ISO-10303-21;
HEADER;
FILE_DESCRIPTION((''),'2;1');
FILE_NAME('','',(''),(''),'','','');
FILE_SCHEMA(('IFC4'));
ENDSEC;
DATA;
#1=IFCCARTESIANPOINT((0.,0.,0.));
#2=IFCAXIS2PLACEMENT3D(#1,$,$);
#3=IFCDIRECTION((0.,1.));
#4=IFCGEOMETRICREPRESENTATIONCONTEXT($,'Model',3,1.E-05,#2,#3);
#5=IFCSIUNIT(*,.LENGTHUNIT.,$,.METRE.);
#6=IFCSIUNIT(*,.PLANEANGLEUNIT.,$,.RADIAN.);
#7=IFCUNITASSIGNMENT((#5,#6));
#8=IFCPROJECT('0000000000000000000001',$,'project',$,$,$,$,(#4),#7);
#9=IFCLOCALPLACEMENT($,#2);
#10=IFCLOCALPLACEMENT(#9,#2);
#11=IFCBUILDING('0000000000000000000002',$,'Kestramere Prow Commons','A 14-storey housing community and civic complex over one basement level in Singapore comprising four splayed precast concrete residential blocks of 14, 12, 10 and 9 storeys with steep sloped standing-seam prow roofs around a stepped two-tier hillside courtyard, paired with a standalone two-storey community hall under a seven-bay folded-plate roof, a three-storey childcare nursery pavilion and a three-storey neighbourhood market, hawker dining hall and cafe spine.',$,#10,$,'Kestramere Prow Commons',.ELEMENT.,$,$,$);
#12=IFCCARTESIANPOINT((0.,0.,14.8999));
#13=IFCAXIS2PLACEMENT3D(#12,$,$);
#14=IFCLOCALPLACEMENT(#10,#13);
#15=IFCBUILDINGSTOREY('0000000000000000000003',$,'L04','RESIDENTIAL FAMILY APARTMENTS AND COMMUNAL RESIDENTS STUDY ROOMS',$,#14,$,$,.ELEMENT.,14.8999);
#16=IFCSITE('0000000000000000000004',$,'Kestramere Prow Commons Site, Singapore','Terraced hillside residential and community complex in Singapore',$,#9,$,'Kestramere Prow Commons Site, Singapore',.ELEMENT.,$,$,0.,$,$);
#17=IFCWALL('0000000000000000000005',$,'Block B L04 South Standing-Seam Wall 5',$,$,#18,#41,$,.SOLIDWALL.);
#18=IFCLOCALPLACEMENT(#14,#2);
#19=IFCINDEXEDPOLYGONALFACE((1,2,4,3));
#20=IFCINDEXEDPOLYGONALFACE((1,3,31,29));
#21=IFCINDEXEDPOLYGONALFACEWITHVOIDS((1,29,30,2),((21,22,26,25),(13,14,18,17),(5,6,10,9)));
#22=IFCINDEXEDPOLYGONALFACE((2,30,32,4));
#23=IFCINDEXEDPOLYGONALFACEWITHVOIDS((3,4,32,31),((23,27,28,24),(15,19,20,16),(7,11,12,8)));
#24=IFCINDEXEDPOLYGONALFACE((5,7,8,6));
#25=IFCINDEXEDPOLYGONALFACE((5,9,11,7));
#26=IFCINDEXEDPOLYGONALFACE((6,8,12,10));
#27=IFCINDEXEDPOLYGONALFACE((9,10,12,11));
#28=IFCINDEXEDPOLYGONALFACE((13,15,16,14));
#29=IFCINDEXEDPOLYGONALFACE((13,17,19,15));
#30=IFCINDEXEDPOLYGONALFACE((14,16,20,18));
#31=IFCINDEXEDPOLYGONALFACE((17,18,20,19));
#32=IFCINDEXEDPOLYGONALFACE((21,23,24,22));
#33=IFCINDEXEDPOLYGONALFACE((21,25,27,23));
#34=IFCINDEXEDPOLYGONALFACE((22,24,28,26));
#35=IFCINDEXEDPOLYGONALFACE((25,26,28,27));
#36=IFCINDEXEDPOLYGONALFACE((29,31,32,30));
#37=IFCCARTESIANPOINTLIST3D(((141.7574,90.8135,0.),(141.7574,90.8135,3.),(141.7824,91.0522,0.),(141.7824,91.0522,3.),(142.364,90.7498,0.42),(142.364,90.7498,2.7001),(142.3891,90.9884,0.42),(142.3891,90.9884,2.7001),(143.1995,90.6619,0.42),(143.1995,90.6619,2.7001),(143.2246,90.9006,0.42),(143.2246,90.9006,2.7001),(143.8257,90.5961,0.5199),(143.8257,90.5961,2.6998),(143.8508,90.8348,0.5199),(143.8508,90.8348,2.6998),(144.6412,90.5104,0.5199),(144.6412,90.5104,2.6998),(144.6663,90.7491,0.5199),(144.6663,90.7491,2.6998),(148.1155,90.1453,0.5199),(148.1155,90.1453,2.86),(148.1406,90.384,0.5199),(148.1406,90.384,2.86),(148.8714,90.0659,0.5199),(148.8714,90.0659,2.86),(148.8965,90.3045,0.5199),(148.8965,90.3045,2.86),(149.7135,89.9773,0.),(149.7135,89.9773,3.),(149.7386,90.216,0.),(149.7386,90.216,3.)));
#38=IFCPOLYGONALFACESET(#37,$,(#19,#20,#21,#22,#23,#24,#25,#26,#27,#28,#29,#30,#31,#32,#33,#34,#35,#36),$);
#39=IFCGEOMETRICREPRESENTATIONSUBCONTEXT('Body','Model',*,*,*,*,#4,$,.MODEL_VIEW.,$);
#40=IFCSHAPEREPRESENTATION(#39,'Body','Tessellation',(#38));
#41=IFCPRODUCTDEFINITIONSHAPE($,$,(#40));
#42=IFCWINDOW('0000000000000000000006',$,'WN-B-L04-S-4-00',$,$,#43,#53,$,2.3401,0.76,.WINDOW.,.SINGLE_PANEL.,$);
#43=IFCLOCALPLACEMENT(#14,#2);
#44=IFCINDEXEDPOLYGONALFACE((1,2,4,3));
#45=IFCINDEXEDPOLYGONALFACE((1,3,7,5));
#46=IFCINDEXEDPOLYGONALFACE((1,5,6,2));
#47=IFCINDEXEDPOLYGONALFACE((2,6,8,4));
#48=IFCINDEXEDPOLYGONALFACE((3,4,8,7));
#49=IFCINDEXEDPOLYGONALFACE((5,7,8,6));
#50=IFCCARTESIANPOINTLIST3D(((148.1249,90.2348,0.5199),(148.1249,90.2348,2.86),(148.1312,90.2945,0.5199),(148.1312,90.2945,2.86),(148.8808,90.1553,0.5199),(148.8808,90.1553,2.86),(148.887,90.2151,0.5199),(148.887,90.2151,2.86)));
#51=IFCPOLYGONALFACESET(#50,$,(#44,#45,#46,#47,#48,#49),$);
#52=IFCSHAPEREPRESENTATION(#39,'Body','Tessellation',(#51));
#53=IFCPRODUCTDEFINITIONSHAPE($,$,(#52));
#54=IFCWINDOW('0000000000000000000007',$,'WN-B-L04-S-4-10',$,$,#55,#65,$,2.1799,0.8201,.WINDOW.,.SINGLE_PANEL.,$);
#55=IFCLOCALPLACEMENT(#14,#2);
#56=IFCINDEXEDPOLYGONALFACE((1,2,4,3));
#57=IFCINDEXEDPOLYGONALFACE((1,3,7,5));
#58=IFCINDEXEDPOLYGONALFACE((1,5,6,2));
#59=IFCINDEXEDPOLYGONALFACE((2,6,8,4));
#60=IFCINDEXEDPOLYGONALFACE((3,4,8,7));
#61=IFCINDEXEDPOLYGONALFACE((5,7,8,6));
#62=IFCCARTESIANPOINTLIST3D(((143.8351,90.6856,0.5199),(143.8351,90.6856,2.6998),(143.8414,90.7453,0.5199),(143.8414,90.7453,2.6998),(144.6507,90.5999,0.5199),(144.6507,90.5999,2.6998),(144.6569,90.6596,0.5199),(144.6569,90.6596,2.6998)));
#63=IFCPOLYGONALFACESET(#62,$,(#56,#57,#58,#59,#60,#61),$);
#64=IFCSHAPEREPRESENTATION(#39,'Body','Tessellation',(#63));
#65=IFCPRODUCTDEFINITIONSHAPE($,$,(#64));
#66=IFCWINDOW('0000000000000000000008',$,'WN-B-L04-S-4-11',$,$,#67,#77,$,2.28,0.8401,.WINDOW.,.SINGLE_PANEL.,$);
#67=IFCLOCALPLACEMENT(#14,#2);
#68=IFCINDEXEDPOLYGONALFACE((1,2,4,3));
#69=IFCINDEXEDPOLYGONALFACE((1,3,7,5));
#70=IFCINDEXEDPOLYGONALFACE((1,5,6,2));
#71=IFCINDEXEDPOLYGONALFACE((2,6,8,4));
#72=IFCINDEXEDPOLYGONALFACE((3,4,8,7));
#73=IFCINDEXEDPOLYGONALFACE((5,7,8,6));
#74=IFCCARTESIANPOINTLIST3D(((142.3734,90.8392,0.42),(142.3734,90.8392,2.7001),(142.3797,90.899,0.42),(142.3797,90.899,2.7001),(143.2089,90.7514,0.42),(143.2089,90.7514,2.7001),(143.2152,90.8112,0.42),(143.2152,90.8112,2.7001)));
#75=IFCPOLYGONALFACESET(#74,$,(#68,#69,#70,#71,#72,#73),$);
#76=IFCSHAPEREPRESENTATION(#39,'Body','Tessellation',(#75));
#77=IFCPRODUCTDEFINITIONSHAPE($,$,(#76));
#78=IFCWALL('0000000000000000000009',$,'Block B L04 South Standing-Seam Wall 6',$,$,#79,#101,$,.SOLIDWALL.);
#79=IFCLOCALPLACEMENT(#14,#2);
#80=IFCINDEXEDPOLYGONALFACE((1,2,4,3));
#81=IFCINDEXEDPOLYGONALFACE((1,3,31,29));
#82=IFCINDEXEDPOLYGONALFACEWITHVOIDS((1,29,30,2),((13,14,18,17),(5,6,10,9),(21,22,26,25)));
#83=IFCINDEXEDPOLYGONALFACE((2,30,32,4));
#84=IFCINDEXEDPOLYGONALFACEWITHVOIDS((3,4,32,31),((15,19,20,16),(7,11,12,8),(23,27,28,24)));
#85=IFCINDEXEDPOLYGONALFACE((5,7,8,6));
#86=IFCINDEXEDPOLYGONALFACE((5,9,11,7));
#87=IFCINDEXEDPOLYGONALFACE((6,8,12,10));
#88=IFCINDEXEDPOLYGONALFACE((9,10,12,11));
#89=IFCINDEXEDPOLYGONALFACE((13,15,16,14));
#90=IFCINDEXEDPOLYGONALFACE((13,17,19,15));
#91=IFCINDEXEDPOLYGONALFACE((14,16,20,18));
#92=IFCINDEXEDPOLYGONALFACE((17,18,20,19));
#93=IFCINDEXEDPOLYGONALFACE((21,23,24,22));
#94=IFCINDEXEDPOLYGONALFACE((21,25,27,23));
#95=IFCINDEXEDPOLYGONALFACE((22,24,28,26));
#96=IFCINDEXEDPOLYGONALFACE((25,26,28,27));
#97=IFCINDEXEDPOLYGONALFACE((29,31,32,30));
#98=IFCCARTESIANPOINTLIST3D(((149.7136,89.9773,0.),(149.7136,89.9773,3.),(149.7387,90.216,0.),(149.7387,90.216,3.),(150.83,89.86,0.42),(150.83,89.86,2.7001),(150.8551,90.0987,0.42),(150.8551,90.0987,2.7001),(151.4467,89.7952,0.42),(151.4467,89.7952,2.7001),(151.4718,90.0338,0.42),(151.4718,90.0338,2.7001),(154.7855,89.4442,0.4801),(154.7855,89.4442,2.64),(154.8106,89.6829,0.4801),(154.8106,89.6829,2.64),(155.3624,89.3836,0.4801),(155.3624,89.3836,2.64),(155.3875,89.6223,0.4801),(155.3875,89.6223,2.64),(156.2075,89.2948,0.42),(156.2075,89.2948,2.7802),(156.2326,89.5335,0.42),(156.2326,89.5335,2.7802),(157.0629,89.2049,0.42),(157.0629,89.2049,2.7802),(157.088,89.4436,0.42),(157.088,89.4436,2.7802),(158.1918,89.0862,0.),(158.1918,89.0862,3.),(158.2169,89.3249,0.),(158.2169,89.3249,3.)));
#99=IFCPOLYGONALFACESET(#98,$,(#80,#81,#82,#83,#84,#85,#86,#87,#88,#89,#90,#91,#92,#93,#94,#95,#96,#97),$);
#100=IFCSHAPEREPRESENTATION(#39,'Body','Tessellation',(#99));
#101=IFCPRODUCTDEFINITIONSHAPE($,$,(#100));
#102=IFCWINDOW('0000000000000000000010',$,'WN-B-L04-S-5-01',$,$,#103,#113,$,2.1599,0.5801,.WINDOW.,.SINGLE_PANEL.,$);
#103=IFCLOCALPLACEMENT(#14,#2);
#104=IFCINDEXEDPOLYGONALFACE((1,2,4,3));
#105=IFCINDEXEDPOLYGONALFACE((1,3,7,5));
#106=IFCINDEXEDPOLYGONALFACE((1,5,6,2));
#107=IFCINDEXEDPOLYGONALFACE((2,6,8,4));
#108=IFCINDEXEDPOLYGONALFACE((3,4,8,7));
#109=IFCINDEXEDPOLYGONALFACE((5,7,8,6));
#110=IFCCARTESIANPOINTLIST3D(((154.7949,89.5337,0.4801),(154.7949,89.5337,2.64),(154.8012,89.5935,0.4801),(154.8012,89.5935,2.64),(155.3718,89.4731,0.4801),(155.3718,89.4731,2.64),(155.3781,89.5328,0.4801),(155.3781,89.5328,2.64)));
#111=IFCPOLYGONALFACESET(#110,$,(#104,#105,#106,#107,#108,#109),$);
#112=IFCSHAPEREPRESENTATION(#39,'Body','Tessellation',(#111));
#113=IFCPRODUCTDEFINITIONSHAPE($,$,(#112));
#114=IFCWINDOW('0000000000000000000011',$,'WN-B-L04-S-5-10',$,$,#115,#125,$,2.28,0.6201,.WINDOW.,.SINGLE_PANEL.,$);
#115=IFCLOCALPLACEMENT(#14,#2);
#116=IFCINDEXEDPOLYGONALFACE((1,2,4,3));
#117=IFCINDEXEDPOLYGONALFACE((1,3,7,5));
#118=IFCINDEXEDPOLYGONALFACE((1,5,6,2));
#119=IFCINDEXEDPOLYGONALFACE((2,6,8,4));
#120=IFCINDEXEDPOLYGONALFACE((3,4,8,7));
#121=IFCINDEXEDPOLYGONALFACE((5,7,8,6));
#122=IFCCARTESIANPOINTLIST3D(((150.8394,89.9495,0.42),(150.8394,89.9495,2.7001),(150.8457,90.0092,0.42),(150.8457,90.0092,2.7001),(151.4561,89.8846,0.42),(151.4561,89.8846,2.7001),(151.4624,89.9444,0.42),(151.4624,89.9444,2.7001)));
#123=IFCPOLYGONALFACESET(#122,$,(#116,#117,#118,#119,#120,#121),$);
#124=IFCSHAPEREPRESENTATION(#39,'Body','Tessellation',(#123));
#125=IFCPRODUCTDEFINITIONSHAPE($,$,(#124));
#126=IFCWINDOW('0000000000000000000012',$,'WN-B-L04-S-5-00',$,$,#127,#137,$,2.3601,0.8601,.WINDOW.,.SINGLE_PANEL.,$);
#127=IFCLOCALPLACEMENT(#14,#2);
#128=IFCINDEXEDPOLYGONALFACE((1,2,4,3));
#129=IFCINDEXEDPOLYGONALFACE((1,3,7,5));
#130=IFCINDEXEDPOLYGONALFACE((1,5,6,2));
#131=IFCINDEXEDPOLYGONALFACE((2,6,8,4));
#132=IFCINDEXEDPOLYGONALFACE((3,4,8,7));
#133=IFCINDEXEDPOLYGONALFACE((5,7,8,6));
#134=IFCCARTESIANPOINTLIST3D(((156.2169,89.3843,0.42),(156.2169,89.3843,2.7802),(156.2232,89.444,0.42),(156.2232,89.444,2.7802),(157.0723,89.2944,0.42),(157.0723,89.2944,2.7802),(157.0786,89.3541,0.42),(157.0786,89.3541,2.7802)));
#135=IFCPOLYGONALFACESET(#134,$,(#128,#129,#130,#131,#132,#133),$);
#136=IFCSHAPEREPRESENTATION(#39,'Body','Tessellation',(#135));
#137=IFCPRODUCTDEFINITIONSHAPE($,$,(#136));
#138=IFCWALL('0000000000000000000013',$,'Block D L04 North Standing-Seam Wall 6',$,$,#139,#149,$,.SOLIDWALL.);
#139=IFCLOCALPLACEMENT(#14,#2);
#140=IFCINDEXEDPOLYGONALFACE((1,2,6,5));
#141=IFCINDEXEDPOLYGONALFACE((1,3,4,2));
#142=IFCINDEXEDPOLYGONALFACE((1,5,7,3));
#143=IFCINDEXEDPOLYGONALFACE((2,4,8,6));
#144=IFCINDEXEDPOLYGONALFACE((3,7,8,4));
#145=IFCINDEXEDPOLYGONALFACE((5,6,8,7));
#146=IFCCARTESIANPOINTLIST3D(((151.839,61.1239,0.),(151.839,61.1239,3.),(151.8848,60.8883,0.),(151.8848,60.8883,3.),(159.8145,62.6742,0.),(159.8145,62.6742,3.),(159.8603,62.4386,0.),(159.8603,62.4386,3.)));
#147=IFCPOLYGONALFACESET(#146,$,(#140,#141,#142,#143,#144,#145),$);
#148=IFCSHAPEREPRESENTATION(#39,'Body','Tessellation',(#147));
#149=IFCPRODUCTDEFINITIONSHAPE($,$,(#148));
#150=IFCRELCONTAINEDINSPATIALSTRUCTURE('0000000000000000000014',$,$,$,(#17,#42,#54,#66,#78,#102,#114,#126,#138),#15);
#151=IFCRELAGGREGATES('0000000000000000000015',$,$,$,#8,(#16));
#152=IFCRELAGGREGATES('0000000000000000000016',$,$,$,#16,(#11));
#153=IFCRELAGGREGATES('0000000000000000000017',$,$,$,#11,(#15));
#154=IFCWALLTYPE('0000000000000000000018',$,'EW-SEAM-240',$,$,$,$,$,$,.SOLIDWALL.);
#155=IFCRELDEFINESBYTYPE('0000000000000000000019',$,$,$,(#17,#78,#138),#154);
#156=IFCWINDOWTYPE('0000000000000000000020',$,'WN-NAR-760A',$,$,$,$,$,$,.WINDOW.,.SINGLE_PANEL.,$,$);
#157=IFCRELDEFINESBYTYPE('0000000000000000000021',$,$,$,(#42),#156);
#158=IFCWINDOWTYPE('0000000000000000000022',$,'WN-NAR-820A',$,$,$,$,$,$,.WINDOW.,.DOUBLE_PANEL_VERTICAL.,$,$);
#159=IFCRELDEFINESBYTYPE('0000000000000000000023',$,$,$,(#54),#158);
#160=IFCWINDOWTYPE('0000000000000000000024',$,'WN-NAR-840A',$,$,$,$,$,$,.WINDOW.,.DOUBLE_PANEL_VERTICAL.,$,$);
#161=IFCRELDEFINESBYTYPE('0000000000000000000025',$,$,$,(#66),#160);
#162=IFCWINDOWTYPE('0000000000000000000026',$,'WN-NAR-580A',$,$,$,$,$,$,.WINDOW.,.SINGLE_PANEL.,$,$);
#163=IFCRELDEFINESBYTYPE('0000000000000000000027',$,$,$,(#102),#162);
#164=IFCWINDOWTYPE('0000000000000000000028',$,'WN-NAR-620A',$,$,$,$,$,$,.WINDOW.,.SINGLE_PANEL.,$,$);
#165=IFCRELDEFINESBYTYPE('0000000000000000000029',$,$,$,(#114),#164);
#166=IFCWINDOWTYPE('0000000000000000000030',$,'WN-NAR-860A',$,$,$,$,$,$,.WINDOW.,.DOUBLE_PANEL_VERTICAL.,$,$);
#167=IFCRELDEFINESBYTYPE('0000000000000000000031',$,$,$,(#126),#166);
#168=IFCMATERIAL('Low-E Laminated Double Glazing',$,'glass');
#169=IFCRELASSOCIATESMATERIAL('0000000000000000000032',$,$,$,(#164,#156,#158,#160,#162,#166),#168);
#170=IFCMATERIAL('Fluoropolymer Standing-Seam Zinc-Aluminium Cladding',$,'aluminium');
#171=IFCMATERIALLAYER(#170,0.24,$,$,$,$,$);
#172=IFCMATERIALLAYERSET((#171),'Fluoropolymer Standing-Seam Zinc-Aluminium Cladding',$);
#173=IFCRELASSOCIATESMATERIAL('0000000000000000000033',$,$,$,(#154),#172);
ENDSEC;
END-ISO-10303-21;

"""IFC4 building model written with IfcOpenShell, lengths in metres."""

from ifc_helpers import new_model, si_unit, direction, frame, frame_2d, origin, place, context, subcontext, project, spatial, rectangle, extrude, material, layer, layer_set, type_object, element, fill, save


model = new_model("IFC4")

# Units and contexts
model_context = context("Model", 3, precision=1e-05, world=origin(), true_north=direction((0.0, 1.0)))
body_context = subcontext(model_context, "Body", "Model", "MODEL_VIEW")
ifc_project = project(units=[si_unit("LENGTHUNIT", "METRE"), si_unit("PLANEANGLEUNIT", "RADIAN")], contexts=[model_context])

# Site, building, storey
site_placement = place(None, origin())
site = spatial("IfcSite", under=ifc_project, at=site_placement, Name="Kestramere Prow Commons Site, Singapore", Description="Terraced hillside residential and community complex in Singapore", LongName="Kestramere Prow Commons Site, Singapore", CompositionType="ELEMENT", RefElevation=0.0)
building_placement = place(site_placement, origin())
building = spatial("IfcBuilding", under=site, at=building_placement, Name="Kestramere Prow Commons", Description="A 14-storey housing community and civic complex over one basement level in Singapore comprising four splayed precast concrete residential blocks of 14, 12, 10 and 9 storeys with steep sloped standing-seam prow roofs around a stepped two-tier hillside courtyard, paired with a standalone two-storey community hall under a seven-bay folded-plate roof, a three-storey childcare nursery pavilion and a three-storey neighbourhood market, hawker dining hall and cafe spine.", LongName="Kestramere Prow Commons", CompositionType="ELEMENT")
storey_placement = place(building_placement, frame((0.0, 0.0, 14.8999)))
storey = spatial("IfcBuildingStorey", under=building, at=storey_placement, Name="L04", Description="RESIDENTIAL FAMILY APARTMENTS AND COMMUNAL RESIDENTS STUDY ROOMS", CompositionType="ELEMENT", Elevation=14.8999)

# Walls, openings, windows
ifc_material_1 = material(Name="Low-E Laminated Double Glazing", Category="glass")
window_type_1 = type_object("IfcWindowType", Name="WN-NAR-620A", PartitioningType="SINGLE_PANEL", PredefinedType="WINDOW", material=ifc_material_1)
ifc_material_2 = material(Name="Fluoropolymer Standing-Seam Zinc-Aluminium Cladding", Category="aluminium")
ifc_layer_1 = layer(ifc_material_2, 0.24)
ifc_layer_set_1 = layer_set([ifc_layer_1], Name="Fluoropolymer Standing-Seam Zinc-Aluminium Cladding")
wall_type_1 = type_object("IfcWallType", Name="EW-SEAM-240", PredefinedType="SOLIDWALL", material=ifc_layer_set_1)
wall_1_placement = place(storey_placement, frame((149.7261, 90.0967, 0.0), z_axis=(0.0, 0.0, 1.0), x_axis=(-0.994523, 0.104521, 0.0)))
wall_1 = element("IfcWall", 1, at=wall_1_placement, inside=storey, type_object=wall_type_1, Name="Block B L04 South Standing-Seam Wall 5", PredefinedType="SOLIDWALL", context=body_context, shape_type="SweptSolid", body=[
    extrude(rectangle(XDim=8.0, YDim=0.24, at=frame_2d((4.0, 0.0))), origin(), (0.0, 0.0, 1.0), 3.0),
])
opening_1_placement = place(wall_1_placement, frame((0.8469, 0.0, 0.52)))
opening_1 = element("IfcOpeningElement", 2, at=opening_1_placement, cuts=wall_1, PredefinedType="OPENING", context=body_context, shape_type="SweptSolid", body=[
    extrude(rectangle(XDim=0.76, YDim=2.3401, at=frame_2d((0.3799, 1.1699))), frame((0.0, 0.135, 0.0), z_axis=(0.0, -1.0, 0.0), x_axis=(1.0, 0.0, 0.0)), (0.0, 0.0, 1.0), 0.27),
])
opening_2_placement = place(wall_1_placement, frame((5.1001, 0.0, 0.52)))
opening_2 = element("IfcOpeningElement", 3, at=opening_2_placement, cuts=wall_1, PredefinedType="OPENING", context=body_context, shape_type="SweptSolid", body=[
    extrude(rectangle(XDim=0.8201, YDim=2.1799, at=frame_2d((0.4102, 1.0898))), frame((0.0, 0.135, 0.0), z_axis=(0.0, -1.0, 0.0), x_axis=(1.0, 0.0, 0.0)), (0.0, 0.0, 1.0), 0.27),
])
opening_3_placement = place(wall_1_placement, frame((6.55, 0.0, 0.4199)))
opening_3 = element("IfcOpeningElement", 4, at=opening_3_placement, cuts=wall_1, PredefinedType="OPENING", context=body_context, shape_type="SweptSolid", body=[
    extrude(rectangle(XDim=0.8401, YDim=2.28, at=frame_2d((0.4199, 1.1401))), frame((0.0, 0.135, 0.0), z_axis=(0.0, -1.0, 0.0), x_axis=(1.0, 0.0, 0.0)), (0.0, 0.0, 1.0), 0.27),
])
window_type_2 = type_object("IfcWindowType", Name="WN-NAR-760A", PartitioningType="SINGLE_PANEL", PredefinedType="WINDOW", material=ifc_material_1)
window_1_placement = place(opening_1_placement, origin())
window_1 = element("IfcWindow", 5, at=window_1_placement, inside=storey, type_object=window_type_2, Name="WN-B-L04-S-4-00", OverallHeight=2.3401, OverallWidth=0.76, PartitioningType="SINGLE_PANEL", PredefinedType="WINDOW", context=body_context, shape_type="SweptSolid", body=[
    extrude(rectangle(XDim=0.76, YDim=2.3401, at=frame_2d((0.3799, 1.1699))), frame((0.0, 0.03, 0.0), z_axis=(0.0, -1.0, 0.0), x_axis=(1.0, 0.0, 0.0)), (0.0, 0.0, 1.0), 0.0601),
])
fill(opening_1, window_1)
window_type_3 = type_object("IfcWindowType", Name="WN-NAR-820A", PartitioningType="DOUBLE_PANEL_VERTICAL", PredefinedType="WINDOW", material=ifc_material_1)
window_2_placement = place(opening_2_placement, origin())
window_2 = element("IfcWindow", 6, at=window_2_placement, inside=storey, type_object=window_type_3, Name="WN-B-L04-S-4-10", OverallHeight=2.1799, OverallWidth=0.8201, PartitioningType="SINGLE_PANEL", PredefinedType="WINDOW", context=body_context, shape_type="SweptSolid", body=[
    extrude(rectangle(XDim=0.8201, YDim=2.1799, at=frame_2d((0.4102, 1.0898))), frame((0.0, 0.03, 0.0), z_axis=(0.0, -1.0, 0.0), x_axis=(1.0, 0.0, 0.0)), (0.0, 0.0, 1.0), 0.0601),
])
fill(opening_2, window_2)
window_type_4 = type_object("IfcWindowType", Name="WN-NAR-840A", PartitioningType="DOUBLE_PANEL_VERTICAL", PredefinedType="WINDOW", material=ifc_material_1)
window_3_placement = place(opening_3_placement, origin())
window_3 = element("IfcWindow", 7, at=window_3_placement, inside=storey, type_object=window_type_4, Name="WN-B-L04-S-4-11", OverallHeight=2.28, OverallWidth=0.8401, PartitioningType="SINGLE_PANEL", PredefinedType="WINDOW", context=body_context, shape_type="SweptSolid", body=[
    extrude(rectangle(XDim=0.8401, YDim=2.28, at=frame_2d((0.4199, 1.1401))), frame((0.0, 0.03, 0.0), z_axis=(0.0, -1.0, 0.0), x_axis=(1.0, 0.0, 0.0)), (0.0, 0.0, 1.0), 0.0601),
])
fill(opening_3, window_3)
wall_2_placement = place(storey_placement, frame((158.2043, 89.2056, 0.0), z_axis=(0.0, 0.0, 1.0), x_axis=(-0.994522, 0.10453, 0.0)))
wall_2 = element("IfcWall", 8, at=wall_2_placement, inside=storey, type_object=wall_type_1, Name="Block B L04 South Standing-Seam Wall 6", PredefinedType="SOLIDWALL", context=body_context, shape_type="SweptSolid", body=[
    extrude(rectangle(XDim=8.5249, YDim=0.24, at=frame_2d((4.2625, 0.0))), origin(), (0.0, 0.0, 1.0), 3.0),
])
opening_4_placement = place(wall_2_placement, frame((1.135, 0.0, 0.4199)))
opening_4 = element("IfcOpeningElement", 9, at=opening_4_placement, cuts=wall_2, PredefinedType="OPENING", context=body_context, shape_type="SweptSolid", body=[
    extrude(rectangle(XDim=0.8601, YDim=2.3601, at=frame_2d((0.4302, 1.1802))), frame((0.0, 0.135, 0.0), z_axis=(0.0, -1.0, 0.0), x_axis=(1.0, 0.0, 0.0)), (0.0, 0.0, 1.0), 0.27),
])
opening_5_placement = place(wall_2_placement, frame((2.845, 0.0, 0.48)))
opening_5 = element("IfcOpeningElement", 10, at=opening_5_placement, cuts=wall_2, PredefinedType="OPENING", context=body_context, shape_type="SweptSolid", body=[
    extrude(rectangle(XDim=0.5801, YDim=2.1599, at=frame_2d((0.29, 1.0801))), frame((0.0, 0.135, 0.0), z_axis=(0.0, -1.0, 0.0), x_axis=(1.0, 0.0, 0.0)), (0.0, 0.0, 1.0), 0.27),
])
opening_6_placement = place(wall_2_placement, frame((6.7822, 0.0, 0.4199)))
opening_6 = element("IfcOpeningElement", 11, at=opening_6_placement, cuts=wall_2, PredefinedType="OPENING", context=body_context, shape_type="SweptSolid", body=[
    extrude(rectangle(XDim=0.6201, YDim=2.28, at=frame_2d((0.3101, 1.1401))), frame((0.0, 0.135, 0.0), z_axis=(0.0, -1.0, 0.0), x_axis=(1.0, 0.0, 0.0)), (0.0, 0.0, 1.0), 0.27),
])
window_type_5 = type_object("IfcWindowType", Name="WN-NAR-580A", PartitioningType="SINGLE_PANEL", PredefinedType="WINDOW", material=ifc_material_1)
window_4_placement = place(opening_5_placement, origin())
window_4 = element("IfcWindow", 12, at=window_4_placement, inside=storey, type_object=window_type_5, Name="WN-B-L04-S-5-01", OverallHeight=2.1599, OverallWidth=0.5801, PartitioningType="SINGLE_PANEL", PredefinedType="WINDOW", context=body_context, shape_type="SweptSolid", body=[
    extrude(rectangle(XDim=0.5801, YDim=2.1599, at=frame_2d((0.29, 1.0801))), frame((0.0, 0.03, 0.0), z_axis=(0.0, -1.0, 0.0), x_axis=(1.0, 0.0, 0.0)), (0.0, 0.0, 1.0), 0.0601),
])
fill(opening_5, window_4)
window_5_placement = place(opening_6_placement, origin())
window_5 = element("IfcWindow", 13, at=window_5_placement, inside=storey, type_object=window_type_1, Name="WN-B-L04-S-5-10", OverallHeight=2.28, OverallWidth=0.6201, PartitioningType="SINGLE_PANEL", PredefinedType="WINDOW", context=body_context, shape_type="SweptSolid", body=[
    extrude(rectangle(XDim=0.6201, YDim=2.28, at=frame_2d((0.3101, 1.1401))), frame((0.0, 0.03, 0.0), z_axis=(0.0, -1.0, 0.0), x_axis=(1.0, 0.0, 0.0)), (0.0, 0.0, 1.0), 0.0601),
])
fill(opening_6, window_5)
window_type_6 = type_object("IfcWindowType", Name="WN-NAR-860A", PartitioningType="DOUBLE_PANEL_VERTICAL", PredefinedType="WINDOW", material=ifc_material_1)
window_6_placement = place(opening_4_placement, origin())
window_6 = element("IfcWindow", 14, at=window_6_placement, inside=storey, type_object=window_type_6, Name="WN-B-L04-S-5-00", OverallHeight=2.3601, OverallWidth=0.8601, PartitioningType="SINGLE_PANEL", PredefinedType="WINDOW", context=body_context, shape_type="SweptSolid", body=[
    extrude(rectangle(XDim=0.8601, YDim=2.3601, at=frame_2d((0.4302, 1.1802))), frame((0.0, 0.03, 0.0), z_axis=(0.0, -1.0, 0.0), x_axis=(1.0, 0.0, 0.0)), (0.0, 0.0, 1.0), 0.0601),
])
fill(opening_4, window_6)

# Wall
wall_3_placement = place(storey_placement, frame((151.8618, 61.0061, 0.0), z_axis=(0.0, 0.0, 1.0), x_axis=(0.981627, 0.190809, 0.0)))
element("IfcWall", 15, at=wall_3_placement, inside=storey, type_object=wall_type_1, Name="Block D L04 North Standing-Seam Wall 6", PredefinedType="SOLIDWALL", context=body_context, shape_type="SweptSolid", body=[
    extrude(rectangle(XDim=8.1248, YDim=0.24, at=frame_2d((4.0625, 0.0))), origin(), (0.0, 0.0, 1.0), 3.0),
])

save(model, "model.ifc")
